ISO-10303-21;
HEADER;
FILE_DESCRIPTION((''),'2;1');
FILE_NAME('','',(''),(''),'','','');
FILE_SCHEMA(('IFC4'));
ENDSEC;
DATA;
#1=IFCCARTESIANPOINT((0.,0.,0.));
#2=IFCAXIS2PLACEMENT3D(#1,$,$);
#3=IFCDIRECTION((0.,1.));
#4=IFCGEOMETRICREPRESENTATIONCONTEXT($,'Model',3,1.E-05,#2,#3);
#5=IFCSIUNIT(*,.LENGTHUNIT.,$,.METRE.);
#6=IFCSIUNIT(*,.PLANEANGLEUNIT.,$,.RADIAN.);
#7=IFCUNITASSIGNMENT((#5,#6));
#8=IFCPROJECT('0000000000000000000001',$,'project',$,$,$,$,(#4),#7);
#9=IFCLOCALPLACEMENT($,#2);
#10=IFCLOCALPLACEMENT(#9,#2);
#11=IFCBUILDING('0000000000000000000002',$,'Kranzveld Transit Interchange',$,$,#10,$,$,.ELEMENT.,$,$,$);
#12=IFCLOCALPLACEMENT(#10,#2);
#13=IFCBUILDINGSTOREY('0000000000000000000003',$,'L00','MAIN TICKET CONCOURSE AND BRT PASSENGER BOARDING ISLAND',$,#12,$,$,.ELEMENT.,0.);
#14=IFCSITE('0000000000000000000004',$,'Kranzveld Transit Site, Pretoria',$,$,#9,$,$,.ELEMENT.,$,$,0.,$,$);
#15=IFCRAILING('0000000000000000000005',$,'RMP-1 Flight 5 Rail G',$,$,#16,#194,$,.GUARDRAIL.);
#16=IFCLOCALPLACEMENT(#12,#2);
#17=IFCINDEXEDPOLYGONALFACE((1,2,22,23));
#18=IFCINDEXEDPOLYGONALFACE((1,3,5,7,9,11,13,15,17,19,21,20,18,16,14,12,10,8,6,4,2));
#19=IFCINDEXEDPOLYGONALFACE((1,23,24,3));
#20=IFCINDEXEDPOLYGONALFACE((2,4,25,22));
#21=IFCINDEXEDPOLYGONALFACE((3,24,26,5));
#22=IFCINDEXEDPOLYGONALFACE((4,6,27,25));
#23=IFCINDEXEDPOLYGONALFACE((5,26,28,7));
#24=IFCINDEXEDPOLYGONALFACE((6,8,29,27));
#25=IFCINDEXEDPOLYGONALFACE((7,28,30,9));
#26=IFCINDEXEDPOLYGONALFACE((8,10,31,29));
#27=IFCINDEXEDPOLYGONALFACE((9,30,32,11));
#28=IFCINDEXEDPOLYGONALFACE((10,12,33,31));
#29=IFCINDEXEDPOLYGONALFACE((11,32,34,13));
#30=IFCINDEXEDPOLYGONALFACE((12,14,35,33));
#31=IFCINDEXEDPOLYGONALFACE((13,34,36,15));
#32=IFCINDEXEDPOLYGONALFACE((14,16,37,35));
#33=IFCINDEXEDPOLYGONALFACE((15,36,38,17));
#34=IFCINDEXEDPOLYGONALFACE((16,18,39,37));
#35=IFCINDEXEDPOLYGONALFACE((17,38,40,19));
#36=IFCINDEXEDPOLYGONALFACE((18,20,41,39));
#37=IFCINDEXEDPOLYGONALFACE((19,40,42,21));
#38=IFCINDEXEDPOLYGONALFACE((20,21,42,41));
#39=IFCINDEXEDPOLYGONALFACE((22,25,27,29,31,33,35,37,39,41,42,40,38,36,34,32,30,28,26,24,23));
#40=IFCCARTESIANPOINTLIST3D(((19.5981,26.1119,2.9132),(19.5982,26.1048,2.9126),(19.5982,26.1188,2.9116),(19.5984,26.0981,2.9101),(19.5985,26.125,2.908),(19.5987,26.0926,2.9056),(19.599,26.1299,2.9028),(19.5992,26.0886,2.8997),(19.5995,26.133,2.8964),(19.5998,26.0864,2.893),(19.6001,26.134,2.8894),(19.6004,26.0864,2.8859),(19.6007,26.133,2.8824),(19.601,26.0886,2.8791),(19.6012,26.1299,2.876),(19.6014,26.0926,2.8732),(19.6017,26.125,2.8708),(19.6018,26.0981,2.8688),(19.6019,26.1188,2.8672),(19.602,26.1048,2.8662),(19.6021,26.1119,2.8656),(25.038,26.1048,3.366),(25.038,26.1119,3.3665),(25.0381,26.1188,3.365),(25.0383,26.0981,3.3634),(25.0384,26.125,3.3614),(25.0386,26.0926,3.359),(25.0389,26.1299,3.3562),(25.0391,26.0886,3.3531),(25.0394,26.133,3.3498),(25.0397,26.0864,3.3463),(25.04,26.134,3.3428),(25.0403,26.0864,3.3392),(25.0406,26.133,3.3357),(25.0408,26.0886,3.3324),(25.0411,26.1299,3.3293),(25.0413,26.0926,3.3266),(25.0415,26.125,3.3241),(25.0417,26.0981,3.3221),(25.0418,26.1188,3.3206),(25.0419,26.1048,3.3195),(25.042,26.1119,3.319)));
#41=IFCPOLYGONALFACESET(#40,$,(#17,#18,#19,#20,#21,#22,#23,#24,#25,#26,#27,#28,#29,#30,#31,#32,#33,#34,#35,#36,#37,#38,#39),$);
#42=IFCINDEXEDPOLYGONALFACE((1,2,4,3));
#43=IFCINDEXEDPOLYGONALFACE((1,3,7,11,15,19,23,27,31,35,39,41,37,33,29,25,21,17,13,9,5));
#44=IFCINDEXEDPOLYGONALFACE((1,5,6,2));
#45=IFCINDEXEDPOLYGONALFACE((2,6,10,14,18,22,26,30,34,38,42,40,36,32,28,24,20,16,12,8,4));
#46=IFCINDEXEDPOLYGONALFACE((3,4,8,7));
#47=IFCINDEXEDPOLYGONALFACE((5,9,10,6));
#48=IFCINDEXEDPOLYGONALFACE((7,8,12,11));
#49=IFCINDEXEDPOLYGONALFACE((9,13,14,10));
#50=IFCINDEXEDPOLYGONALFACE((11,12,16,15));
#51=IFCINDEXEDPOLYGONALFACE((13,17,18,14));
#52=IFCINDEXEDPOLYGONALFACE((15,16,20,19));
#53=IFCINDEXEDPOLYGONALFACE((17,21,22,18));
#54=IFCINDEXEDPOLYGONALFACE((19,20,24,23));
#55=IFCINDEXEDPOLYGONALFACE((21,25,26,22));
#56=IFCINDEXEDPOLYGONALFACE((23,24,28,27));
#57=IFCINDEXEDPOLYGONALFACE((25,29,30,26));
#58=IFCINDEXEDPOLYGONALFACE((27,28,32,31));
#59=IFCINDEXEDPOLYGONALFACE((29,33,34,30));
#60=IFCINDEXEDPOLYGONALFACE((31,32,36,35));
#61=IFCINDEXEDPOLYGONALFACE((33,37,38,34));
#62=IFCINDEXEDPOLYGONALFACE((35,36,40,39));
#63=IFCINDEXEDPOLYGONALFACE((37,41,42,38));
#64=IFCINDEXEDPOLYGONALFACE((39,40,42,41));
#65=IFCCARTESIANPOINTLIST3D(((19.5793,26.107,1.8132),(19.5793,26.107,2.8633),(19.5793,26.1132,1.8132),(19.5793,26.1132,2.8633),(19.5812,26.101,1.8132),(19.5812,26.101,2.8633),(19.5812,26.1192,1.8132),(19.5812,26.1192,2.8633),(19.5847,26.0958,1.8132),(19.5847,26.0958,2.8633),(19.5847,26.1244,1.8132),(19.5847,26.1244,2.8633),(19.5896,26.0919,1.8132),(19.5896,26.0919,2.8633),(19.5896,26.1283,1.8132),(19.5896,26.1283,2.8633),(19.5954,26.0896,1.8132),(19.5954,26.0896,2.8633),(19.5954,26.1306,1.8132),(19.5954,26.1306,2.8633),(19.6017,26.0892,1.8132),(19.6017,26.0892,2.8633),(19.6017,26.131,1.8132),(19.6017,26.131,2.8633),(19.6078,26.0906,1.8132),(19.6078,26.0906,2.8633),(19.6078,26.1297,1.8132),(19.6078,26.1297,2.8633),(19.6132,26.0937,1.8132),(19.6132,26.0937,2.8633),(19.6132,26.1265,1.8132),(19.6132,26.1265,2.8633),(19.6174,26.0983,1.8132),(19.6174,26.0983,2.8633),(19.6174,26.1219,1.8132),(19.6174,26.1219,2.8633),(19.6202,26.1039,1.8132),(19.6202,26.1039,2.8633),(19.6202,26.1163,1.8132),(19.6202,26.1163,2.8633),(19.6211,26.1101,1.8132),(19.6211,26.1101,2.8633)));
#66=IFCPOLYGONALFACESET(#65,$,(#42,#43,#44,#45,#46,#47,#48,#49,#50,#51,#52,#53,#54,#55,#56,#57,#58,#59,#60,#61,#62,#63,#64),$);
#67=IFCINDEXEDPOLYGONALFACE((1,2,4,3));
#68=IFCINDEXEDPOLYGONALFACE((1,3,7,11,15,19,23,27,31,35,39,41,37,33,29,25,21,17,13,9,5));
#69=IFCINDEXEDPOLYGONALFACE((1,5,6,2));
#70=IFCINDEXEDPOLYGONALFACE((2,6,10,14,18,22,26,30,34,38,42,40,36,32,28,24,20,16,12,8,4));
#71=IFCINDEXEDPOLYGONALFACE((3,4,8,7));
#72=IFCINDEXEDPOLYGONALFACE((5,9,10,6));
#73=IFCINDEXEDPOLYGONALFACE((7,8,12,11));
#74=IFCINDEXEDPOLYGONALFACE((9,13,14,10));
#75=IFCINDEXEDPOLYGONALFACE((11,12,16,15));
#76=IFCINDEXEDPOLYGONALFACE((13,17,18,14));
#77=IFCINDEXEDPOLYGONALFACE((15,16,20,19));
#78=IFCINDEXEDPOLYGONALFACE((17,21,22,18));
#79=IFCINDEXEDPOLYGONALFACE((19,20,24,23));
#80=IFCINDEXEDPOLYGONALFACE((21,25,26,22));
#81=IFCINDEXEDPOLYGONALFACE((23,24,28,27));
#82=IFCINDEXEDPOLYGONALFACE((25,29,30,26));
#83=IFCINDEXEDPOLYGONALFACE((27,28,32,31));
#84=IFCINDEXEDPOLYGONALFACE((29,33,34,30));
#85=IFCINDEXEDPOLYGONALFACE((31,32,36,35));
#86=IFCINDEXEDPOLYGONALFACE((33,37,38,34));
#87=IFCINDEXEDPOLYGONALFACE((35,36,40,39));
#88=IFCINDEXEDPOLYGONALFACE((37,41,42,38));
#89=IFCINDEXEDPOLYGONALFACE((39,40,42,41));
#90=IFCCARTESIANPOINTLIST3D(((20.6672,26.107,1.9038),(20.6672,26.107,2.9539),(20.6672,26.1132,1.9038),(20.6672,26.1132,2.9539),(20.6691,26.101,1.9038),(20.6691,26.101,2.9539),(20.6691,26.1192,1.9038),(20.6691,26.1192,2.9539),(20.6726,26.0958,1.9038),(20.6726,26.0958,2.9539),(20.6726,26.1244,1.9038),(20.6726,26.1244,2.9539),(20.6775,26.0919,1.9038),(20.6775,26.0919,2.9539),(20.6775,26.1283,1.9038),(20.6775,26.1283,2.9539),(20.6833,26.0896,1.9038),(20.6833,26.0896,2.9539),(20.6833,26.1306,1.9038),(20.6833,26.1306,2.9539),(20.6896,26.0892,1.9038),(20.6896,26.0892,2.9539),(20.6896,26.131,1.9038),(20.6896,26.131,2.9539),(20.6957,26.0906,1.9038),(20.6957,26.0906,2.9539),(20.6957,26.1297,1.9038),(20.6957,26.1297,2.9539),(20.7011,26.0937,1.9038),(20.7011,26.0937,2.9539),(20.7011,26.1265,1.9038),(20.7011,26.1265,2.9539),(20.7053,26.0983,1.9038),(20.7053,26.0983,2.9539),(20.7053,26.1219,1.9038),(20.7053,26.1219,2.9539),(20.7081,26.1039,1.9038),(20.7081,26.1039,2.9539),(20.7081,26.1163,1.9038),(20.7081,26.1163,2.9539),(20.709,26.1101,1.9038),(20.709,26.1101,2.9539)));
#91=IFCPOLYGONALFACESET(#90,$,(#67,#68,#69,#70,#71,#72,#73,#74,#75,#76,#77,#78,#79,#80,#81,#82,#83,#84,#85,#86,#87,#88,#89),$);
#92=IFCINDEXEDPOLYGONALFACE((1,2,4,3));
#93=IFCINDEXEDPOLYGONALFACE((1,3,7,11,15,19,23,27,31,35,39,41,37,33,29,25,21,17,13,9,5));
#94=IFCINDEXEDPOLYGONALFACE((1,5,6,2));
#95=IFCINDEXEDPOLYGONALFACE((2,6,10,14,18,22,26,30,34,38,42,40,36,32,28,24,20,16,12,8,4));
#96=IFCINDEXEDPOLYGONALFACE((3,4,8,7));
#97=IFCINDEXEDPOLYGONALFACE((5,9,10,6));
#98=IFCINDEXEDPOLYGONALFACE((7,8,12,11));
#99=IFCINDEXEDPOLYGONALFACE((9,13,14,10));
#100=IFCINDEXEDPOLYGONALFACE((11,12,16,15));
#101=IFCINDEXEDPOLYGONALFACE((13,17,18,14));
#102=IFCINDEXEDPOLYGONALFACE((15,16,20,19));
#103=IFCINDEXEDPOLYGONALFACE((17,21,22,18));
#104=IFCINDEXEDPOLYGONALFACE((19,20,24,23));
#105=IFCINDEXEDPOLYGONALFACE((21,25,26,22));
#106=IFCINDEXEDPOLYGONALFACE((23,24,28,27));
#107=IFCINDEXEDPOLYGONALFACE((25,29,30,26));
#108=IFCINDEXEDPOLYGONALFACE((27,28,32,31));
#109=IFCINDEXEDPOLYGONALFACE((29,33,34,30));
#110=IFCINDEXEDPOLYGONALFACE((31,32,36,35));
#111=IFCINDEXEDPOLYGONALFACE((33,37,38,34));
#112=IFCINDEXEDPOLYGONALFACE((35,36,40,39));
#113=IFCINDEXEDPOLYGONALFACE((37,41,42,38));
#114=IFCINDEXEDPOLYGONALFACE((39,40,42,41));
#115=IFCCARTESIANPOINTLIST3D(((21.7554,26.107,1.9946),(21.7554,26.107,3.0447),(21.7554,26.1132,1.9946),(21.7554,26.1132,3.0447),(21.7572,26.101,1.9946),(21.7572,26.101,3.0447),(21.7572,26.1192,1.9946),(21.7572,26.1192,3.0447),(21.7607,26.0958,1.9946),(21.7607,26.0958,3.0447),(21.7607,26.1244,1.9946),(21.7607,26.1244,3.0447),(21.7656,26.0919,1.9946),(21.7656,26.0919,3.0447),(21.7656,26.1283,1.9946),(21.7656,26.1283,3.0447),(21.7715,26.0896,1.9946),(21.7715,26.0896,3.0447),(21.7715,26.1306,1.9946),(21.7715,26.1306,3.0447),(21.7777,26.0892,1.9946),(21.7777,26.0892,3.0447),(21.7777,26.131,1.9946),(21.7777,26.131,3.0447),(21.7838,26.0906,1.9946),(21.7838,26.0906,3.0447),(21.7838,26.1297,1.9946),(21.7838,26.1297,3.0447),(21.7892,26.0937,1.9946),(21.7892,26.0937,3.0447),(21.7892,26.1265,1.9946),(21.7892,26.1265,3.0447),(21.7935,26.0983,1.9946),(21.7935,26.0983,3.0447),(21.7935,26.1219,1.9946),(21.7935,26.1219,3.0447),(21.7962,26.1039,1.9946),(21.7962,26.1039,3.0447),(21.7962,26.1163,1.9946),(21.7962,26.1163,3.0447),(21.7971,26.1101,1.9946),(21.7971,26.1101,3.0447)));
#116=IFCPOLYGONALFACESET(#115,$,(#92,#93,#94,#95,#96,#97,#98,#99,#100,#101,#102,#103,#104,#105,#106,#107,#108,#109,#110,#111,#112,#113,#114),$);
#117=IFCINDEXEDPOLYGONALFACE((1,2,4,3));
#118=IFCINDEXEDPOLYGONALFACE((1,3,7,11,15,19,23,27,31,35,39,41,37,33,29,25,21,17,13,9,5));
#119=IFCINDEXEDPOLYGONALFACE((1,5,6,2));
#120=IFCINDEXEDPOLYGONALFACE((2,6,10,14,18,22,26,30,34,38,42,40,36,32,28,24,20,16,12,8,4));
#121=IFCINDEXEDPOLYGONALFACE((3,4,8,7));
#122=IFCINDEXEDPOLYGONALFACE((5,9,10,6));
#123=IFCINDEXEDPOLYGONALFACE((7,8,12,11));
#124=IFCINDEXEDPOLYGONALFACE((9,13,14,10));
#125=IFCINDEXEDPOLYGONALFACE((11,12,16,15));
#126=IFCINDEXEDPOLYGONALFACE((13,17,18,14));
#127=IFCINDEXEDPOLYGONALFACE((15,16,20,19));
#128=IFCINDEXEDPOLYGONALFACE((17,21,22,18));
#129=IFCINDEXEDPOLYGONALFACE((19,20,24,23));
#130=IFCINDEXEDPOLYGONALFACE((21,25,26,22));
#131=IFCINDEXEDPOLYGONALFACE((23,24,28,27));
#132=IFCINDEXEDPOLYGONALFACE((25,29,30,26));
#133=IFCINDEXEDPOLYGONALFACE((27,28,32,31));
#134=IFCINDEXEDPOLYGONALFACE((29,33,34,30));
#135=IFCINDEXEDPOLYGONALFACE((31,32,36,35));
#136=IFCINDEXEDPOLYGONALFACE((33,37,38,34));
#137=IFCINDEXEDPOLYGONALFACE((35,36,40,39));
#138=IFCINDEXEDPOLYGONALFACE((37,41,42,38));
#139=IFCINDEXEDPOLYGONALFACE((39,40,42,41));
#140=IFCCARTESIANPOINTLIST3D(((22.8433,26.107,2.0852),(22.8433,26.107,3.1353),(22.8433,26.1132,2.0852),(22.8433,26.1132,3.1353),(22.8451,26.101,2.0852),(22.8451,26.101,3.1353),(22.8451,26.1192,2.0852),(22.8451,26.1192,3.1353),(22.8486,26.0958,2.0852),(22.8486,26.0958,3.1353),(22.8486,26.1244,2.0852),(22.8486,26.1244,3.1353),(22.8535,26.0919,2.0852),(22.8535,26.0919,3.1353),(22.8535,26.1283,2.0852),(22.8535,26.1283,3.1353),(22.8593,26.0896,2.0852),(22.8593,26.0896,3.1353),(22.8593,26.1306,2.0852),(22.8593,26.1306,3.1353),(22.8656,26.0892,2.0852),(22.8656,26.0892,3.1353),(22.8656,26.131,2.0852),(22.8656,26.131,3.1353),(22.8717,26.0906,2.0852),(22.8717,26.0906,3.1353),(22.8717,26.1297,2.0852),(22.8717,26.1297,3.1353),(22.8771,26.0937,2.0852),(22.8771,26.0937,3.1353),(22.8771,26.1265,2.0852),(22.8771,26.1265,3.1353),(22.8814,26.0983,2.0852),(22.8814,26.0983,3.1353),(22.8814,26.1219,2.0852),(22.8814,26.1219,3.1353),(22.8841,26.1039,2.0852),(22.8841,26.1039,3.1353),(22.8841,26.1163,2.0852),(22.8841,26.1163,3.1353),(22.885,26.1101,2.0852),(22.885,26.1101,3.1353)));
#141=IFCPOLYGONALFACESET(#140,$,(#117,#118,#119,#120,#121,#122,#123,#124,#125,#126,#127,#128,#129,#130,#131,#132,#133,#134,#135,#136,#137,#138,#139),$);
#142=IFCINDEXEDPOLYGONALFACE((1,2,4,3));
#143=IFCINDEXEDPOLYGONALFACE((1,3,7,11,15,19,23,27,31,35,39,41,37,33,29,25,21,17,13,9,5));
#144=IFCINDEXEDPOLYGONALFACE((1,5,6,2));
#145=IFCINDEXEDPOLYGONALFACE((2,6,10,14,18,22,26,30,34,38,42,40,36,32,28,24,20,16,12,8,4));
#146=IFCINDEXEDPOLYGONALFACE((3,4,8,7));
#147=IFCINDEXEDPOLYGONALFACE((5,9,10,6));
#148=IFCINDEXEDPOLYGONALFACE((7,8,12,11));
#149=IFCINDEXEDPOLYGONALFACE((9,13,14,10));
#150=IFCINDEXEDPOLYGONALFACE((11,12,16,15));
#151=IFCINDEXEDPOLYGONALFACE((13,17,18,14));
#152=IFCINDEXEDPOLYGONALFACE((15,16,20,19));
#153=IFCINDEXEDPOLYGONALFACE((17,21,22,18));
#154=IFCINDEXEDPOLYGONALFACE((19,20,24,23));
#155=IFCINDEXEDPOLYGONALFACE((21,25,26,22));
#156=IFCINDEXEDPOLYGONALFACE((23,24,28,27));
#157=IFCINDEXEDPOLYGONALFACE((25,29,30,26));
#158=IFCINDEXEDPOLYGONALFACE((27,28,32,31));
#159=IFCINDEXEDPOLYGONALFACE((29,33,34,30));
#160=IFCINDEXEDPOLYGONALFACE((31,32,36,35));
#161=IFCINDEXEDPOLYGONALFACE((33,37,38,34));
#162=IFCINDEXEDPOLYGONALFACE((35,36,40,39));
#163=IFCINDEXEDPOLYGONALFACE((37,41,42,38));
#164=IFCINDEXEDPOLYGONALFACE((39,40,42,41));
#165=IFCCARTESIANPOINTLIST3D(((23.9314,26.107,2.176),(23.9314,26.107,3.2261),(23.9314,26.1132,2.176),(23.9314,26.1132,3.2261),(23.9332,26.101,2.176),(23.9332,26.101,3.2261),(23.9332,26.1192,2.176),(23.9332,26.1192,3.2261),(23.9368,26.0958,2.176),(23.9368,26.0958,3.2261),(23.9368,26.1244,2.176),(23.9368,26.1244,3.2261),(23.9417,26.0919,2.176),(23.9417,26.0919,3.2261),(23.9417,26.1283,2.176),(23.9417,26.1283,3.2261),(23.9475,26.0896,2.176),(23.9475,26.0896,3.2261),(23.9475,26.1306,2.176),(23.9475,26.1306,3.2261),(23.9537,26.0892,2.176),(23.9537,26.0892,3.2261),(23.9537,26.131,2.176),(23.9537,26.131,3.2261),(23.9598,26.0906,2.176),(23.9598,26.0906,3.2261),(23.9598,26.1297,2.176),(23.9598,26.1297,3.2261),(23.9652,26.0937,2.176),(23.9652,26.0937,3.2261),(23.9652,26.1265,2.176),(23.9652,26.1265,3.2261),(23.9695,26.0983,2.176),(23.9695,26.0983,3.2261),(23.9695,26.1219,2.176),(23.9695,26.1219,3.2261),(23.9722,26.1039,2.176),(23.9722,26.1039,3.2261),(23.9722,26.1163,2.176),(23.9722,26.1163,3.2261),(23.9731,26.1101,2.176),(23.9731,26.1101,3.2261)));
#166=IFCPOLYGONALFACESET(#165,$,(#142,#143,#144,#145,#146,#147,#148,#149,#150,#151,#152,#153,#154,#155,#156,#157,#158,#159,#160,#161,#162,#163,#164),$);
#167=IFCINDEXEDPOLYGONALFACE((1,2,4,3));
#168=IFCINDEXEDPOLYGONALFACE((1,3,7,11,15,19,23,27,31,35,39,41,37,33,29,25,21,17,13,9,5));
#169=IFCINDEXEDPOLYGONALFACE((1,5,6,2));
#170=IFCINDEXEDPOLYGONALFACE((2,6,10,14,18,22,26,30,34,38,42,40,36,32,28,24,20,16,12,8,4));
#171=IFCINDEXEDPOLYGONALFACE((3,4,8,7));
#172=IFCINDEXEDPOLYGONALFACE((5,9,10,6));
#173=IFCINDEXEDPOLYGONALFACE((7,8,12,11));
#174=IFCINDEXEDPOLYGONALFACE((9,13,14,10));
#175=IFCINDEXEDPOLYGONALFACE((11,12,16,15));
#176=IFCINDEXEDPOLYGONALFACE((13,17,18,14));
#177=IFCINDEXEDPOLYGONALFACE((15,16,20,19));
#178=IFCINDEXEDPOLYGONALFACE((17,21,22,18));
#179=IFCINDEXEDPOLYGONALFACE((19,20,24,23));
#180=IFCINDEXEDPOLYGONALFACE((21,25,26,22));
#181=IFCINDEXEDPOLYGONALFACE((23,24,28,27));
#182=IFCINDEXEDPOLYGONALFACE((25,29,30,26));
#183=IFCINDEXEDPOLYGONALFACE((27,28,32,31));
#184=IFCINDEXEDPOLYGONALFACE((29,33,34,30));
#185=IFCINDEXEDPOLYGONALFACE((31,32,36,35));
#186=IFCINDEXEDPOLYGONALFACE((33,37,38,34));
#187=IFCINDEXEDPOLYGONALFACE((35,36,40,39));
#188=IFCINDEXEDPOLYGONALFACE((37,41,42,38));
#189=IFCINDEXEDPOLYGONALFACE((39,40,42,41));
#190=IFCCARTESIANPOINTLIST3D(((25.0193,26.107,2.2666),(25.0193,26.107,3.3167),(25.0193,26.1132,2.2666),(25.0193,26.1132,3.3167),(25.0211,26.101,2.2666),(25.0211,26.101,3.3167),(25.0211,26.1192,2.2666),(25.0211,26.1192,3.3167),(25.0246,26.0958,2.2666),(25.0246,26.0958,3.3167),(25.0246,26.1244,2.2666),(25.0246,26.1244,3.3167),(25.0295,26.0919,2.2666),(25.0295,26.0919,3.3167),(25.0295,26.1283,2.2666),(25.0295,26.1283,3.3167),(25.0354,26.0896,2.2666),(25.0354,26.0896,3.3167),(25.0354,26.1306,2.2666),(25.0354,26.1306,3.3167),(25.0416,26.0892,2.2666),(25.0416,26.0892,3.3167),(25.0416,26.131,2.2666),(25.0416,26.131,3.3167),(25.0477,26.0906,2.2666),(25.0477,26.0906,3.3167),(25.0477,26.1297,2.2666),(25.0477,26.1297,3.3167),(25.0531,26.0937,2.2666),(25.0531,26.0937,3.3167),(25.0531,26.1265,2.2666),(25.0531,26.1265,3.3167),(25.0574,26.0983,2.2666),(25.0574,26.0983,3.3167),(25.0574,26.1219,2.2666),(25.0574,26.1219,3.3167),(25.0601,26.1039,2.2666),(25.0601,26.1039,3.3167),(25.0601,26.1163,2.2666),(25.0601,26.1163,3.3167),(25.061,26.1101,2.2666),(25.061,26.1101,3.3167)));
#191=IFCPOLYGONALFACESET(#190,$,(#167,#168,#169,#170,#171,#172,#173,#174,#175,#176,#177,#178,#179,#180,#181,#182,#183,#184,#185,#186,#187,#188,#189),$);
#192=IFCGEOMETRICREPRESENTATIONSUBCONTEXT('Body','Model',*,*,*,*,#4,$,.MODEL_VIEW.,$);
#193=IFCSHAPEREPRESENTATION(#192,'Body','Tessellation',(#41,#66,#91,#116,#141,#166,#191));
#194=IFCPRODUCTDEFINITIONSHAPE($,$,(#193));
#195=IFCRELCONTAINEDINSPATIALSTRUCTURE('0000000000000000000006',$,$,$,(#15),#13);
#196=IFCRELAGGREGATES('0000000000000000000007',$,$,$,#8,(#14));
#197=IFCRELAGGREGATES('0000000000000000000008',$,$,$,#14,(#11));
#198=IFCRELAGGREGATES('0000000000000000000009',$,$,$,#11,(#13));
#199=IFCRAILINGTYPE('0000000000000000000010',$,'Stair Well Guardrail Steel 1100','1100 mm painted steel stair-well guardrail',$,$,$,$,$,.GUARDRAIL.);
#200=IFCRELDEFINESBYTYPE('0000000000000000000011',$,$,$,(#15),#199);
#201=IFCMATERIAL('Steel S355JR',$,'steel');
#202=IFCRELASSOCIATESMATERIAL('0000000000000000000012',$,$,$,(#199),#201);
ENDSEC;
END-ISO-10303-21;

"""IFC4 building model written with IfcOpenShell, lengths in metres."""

from ifc_helpers import new_model, si_unit, direction, frame, origin, origin_2d, place, context, subcontext, project, spatial, circle, extrude, material, type_object, element, save


model = new_model("IFC4")

# Units and contexts
model_context = context("Model", 3, precision=1e-05, world=origin(), true_north=direction((0.0, 1.0)))
body_context = subcontext(model_context, "Body", "Model", "MODEL_VIEW")
ifc_project = project(units=[si_unit("LENGTHUNIT", "METRE"), si_unit("PLANEANGLEUNIT", "RADIAN")], contexts=[model_context])

# Site, building, storey
site_placement = place(None, origin())
site = spatial("IfcSite", under=ifc_project, at=site_placement, Name="Kranzveld Transit Site, Pretoria", CompositionType="ELEMENT", RefElevation=0.0)
building_placement = place(site_placement, origin())
building = spatial("IfcBuilding", under=site, at=building_placement, Name="Kranzveld Transit Interchange", CompositionType="ELEMENT")
storey_placement = place(building_placement, origin())
storey = spatial("IfcBuildingStorey", under=building, at=storey_placement, Name="L00", Description="MAIN TICKET CONCOURSE AND BRT PASSENGER BOARDING ISLAND", CompositionType="ELEMENT", Elevation=0.0)

# Railing
ifc_material_1 = material(Name="Steel S355JR", Category="steel")
railing_type_1 = type_object("IfcRailingType", Name="Stair Well Guardrail Steel 1100", Description="1100 mm painted steel stair-well guardrail", PredefinedType="GUARDRAIL", material=ifc_material_1)
railing_1_placement = place(storey_placement, frame((19.6001, 26.1101, 1.8132)))
element("IfcRailing", 1, at=railing_1_placement, inside=storey, type_object=railing_type_1, Name="RMP-1 Flight 5 Rail G", PredefinedType="GUARDRAIL", context=body_context, shape_type="SweptSolid", body=[
    extrude(circle(Radius=0.0239, at=origin_2d()), frame((0.0, 0.0, 1.0762), z_axis=(0.996545, 0.0, 0.083053), x_axis=(0.0, 1.0, 0.0)), (0.0, 0.0, 1.0), 5.4587),
    extrude(circle(Radius=0.021, at=origin_2d()), origin(), (0.0, 0.0, 1.0), 1.05),
    extrude(circle(Radius=0.021, at=origin_2d()), frame((1.0879, 0.0, 0.0906)), (0.0, 0.0, 1.0), 1.05),
    extrude(circle(Radius=0.021, at=origin_2d()), frame((2.176, 0.0, 0.1814)), (0.0, 0.0, 1.0), 1.05),
    extrude(circle(Radius=0.021, at=origin_2d()), frame((3.2639, 0.0, 0.272)), (0.0, 0.0, 1.0), 1.05),
    extrude(circle(Radius=0.021, at=origin_2d()), frame((4.3521, 0.0, 0.3628)), (0.0, 0.0, 1.0), 1.05),
    extrude(circle(Radius=0.021, at=origin_2d()), frame((5.4399, 0.0, 0.4534)), (0.0, 0.0, 1.0), 1.05),
])

save(model, "model.ifc")
